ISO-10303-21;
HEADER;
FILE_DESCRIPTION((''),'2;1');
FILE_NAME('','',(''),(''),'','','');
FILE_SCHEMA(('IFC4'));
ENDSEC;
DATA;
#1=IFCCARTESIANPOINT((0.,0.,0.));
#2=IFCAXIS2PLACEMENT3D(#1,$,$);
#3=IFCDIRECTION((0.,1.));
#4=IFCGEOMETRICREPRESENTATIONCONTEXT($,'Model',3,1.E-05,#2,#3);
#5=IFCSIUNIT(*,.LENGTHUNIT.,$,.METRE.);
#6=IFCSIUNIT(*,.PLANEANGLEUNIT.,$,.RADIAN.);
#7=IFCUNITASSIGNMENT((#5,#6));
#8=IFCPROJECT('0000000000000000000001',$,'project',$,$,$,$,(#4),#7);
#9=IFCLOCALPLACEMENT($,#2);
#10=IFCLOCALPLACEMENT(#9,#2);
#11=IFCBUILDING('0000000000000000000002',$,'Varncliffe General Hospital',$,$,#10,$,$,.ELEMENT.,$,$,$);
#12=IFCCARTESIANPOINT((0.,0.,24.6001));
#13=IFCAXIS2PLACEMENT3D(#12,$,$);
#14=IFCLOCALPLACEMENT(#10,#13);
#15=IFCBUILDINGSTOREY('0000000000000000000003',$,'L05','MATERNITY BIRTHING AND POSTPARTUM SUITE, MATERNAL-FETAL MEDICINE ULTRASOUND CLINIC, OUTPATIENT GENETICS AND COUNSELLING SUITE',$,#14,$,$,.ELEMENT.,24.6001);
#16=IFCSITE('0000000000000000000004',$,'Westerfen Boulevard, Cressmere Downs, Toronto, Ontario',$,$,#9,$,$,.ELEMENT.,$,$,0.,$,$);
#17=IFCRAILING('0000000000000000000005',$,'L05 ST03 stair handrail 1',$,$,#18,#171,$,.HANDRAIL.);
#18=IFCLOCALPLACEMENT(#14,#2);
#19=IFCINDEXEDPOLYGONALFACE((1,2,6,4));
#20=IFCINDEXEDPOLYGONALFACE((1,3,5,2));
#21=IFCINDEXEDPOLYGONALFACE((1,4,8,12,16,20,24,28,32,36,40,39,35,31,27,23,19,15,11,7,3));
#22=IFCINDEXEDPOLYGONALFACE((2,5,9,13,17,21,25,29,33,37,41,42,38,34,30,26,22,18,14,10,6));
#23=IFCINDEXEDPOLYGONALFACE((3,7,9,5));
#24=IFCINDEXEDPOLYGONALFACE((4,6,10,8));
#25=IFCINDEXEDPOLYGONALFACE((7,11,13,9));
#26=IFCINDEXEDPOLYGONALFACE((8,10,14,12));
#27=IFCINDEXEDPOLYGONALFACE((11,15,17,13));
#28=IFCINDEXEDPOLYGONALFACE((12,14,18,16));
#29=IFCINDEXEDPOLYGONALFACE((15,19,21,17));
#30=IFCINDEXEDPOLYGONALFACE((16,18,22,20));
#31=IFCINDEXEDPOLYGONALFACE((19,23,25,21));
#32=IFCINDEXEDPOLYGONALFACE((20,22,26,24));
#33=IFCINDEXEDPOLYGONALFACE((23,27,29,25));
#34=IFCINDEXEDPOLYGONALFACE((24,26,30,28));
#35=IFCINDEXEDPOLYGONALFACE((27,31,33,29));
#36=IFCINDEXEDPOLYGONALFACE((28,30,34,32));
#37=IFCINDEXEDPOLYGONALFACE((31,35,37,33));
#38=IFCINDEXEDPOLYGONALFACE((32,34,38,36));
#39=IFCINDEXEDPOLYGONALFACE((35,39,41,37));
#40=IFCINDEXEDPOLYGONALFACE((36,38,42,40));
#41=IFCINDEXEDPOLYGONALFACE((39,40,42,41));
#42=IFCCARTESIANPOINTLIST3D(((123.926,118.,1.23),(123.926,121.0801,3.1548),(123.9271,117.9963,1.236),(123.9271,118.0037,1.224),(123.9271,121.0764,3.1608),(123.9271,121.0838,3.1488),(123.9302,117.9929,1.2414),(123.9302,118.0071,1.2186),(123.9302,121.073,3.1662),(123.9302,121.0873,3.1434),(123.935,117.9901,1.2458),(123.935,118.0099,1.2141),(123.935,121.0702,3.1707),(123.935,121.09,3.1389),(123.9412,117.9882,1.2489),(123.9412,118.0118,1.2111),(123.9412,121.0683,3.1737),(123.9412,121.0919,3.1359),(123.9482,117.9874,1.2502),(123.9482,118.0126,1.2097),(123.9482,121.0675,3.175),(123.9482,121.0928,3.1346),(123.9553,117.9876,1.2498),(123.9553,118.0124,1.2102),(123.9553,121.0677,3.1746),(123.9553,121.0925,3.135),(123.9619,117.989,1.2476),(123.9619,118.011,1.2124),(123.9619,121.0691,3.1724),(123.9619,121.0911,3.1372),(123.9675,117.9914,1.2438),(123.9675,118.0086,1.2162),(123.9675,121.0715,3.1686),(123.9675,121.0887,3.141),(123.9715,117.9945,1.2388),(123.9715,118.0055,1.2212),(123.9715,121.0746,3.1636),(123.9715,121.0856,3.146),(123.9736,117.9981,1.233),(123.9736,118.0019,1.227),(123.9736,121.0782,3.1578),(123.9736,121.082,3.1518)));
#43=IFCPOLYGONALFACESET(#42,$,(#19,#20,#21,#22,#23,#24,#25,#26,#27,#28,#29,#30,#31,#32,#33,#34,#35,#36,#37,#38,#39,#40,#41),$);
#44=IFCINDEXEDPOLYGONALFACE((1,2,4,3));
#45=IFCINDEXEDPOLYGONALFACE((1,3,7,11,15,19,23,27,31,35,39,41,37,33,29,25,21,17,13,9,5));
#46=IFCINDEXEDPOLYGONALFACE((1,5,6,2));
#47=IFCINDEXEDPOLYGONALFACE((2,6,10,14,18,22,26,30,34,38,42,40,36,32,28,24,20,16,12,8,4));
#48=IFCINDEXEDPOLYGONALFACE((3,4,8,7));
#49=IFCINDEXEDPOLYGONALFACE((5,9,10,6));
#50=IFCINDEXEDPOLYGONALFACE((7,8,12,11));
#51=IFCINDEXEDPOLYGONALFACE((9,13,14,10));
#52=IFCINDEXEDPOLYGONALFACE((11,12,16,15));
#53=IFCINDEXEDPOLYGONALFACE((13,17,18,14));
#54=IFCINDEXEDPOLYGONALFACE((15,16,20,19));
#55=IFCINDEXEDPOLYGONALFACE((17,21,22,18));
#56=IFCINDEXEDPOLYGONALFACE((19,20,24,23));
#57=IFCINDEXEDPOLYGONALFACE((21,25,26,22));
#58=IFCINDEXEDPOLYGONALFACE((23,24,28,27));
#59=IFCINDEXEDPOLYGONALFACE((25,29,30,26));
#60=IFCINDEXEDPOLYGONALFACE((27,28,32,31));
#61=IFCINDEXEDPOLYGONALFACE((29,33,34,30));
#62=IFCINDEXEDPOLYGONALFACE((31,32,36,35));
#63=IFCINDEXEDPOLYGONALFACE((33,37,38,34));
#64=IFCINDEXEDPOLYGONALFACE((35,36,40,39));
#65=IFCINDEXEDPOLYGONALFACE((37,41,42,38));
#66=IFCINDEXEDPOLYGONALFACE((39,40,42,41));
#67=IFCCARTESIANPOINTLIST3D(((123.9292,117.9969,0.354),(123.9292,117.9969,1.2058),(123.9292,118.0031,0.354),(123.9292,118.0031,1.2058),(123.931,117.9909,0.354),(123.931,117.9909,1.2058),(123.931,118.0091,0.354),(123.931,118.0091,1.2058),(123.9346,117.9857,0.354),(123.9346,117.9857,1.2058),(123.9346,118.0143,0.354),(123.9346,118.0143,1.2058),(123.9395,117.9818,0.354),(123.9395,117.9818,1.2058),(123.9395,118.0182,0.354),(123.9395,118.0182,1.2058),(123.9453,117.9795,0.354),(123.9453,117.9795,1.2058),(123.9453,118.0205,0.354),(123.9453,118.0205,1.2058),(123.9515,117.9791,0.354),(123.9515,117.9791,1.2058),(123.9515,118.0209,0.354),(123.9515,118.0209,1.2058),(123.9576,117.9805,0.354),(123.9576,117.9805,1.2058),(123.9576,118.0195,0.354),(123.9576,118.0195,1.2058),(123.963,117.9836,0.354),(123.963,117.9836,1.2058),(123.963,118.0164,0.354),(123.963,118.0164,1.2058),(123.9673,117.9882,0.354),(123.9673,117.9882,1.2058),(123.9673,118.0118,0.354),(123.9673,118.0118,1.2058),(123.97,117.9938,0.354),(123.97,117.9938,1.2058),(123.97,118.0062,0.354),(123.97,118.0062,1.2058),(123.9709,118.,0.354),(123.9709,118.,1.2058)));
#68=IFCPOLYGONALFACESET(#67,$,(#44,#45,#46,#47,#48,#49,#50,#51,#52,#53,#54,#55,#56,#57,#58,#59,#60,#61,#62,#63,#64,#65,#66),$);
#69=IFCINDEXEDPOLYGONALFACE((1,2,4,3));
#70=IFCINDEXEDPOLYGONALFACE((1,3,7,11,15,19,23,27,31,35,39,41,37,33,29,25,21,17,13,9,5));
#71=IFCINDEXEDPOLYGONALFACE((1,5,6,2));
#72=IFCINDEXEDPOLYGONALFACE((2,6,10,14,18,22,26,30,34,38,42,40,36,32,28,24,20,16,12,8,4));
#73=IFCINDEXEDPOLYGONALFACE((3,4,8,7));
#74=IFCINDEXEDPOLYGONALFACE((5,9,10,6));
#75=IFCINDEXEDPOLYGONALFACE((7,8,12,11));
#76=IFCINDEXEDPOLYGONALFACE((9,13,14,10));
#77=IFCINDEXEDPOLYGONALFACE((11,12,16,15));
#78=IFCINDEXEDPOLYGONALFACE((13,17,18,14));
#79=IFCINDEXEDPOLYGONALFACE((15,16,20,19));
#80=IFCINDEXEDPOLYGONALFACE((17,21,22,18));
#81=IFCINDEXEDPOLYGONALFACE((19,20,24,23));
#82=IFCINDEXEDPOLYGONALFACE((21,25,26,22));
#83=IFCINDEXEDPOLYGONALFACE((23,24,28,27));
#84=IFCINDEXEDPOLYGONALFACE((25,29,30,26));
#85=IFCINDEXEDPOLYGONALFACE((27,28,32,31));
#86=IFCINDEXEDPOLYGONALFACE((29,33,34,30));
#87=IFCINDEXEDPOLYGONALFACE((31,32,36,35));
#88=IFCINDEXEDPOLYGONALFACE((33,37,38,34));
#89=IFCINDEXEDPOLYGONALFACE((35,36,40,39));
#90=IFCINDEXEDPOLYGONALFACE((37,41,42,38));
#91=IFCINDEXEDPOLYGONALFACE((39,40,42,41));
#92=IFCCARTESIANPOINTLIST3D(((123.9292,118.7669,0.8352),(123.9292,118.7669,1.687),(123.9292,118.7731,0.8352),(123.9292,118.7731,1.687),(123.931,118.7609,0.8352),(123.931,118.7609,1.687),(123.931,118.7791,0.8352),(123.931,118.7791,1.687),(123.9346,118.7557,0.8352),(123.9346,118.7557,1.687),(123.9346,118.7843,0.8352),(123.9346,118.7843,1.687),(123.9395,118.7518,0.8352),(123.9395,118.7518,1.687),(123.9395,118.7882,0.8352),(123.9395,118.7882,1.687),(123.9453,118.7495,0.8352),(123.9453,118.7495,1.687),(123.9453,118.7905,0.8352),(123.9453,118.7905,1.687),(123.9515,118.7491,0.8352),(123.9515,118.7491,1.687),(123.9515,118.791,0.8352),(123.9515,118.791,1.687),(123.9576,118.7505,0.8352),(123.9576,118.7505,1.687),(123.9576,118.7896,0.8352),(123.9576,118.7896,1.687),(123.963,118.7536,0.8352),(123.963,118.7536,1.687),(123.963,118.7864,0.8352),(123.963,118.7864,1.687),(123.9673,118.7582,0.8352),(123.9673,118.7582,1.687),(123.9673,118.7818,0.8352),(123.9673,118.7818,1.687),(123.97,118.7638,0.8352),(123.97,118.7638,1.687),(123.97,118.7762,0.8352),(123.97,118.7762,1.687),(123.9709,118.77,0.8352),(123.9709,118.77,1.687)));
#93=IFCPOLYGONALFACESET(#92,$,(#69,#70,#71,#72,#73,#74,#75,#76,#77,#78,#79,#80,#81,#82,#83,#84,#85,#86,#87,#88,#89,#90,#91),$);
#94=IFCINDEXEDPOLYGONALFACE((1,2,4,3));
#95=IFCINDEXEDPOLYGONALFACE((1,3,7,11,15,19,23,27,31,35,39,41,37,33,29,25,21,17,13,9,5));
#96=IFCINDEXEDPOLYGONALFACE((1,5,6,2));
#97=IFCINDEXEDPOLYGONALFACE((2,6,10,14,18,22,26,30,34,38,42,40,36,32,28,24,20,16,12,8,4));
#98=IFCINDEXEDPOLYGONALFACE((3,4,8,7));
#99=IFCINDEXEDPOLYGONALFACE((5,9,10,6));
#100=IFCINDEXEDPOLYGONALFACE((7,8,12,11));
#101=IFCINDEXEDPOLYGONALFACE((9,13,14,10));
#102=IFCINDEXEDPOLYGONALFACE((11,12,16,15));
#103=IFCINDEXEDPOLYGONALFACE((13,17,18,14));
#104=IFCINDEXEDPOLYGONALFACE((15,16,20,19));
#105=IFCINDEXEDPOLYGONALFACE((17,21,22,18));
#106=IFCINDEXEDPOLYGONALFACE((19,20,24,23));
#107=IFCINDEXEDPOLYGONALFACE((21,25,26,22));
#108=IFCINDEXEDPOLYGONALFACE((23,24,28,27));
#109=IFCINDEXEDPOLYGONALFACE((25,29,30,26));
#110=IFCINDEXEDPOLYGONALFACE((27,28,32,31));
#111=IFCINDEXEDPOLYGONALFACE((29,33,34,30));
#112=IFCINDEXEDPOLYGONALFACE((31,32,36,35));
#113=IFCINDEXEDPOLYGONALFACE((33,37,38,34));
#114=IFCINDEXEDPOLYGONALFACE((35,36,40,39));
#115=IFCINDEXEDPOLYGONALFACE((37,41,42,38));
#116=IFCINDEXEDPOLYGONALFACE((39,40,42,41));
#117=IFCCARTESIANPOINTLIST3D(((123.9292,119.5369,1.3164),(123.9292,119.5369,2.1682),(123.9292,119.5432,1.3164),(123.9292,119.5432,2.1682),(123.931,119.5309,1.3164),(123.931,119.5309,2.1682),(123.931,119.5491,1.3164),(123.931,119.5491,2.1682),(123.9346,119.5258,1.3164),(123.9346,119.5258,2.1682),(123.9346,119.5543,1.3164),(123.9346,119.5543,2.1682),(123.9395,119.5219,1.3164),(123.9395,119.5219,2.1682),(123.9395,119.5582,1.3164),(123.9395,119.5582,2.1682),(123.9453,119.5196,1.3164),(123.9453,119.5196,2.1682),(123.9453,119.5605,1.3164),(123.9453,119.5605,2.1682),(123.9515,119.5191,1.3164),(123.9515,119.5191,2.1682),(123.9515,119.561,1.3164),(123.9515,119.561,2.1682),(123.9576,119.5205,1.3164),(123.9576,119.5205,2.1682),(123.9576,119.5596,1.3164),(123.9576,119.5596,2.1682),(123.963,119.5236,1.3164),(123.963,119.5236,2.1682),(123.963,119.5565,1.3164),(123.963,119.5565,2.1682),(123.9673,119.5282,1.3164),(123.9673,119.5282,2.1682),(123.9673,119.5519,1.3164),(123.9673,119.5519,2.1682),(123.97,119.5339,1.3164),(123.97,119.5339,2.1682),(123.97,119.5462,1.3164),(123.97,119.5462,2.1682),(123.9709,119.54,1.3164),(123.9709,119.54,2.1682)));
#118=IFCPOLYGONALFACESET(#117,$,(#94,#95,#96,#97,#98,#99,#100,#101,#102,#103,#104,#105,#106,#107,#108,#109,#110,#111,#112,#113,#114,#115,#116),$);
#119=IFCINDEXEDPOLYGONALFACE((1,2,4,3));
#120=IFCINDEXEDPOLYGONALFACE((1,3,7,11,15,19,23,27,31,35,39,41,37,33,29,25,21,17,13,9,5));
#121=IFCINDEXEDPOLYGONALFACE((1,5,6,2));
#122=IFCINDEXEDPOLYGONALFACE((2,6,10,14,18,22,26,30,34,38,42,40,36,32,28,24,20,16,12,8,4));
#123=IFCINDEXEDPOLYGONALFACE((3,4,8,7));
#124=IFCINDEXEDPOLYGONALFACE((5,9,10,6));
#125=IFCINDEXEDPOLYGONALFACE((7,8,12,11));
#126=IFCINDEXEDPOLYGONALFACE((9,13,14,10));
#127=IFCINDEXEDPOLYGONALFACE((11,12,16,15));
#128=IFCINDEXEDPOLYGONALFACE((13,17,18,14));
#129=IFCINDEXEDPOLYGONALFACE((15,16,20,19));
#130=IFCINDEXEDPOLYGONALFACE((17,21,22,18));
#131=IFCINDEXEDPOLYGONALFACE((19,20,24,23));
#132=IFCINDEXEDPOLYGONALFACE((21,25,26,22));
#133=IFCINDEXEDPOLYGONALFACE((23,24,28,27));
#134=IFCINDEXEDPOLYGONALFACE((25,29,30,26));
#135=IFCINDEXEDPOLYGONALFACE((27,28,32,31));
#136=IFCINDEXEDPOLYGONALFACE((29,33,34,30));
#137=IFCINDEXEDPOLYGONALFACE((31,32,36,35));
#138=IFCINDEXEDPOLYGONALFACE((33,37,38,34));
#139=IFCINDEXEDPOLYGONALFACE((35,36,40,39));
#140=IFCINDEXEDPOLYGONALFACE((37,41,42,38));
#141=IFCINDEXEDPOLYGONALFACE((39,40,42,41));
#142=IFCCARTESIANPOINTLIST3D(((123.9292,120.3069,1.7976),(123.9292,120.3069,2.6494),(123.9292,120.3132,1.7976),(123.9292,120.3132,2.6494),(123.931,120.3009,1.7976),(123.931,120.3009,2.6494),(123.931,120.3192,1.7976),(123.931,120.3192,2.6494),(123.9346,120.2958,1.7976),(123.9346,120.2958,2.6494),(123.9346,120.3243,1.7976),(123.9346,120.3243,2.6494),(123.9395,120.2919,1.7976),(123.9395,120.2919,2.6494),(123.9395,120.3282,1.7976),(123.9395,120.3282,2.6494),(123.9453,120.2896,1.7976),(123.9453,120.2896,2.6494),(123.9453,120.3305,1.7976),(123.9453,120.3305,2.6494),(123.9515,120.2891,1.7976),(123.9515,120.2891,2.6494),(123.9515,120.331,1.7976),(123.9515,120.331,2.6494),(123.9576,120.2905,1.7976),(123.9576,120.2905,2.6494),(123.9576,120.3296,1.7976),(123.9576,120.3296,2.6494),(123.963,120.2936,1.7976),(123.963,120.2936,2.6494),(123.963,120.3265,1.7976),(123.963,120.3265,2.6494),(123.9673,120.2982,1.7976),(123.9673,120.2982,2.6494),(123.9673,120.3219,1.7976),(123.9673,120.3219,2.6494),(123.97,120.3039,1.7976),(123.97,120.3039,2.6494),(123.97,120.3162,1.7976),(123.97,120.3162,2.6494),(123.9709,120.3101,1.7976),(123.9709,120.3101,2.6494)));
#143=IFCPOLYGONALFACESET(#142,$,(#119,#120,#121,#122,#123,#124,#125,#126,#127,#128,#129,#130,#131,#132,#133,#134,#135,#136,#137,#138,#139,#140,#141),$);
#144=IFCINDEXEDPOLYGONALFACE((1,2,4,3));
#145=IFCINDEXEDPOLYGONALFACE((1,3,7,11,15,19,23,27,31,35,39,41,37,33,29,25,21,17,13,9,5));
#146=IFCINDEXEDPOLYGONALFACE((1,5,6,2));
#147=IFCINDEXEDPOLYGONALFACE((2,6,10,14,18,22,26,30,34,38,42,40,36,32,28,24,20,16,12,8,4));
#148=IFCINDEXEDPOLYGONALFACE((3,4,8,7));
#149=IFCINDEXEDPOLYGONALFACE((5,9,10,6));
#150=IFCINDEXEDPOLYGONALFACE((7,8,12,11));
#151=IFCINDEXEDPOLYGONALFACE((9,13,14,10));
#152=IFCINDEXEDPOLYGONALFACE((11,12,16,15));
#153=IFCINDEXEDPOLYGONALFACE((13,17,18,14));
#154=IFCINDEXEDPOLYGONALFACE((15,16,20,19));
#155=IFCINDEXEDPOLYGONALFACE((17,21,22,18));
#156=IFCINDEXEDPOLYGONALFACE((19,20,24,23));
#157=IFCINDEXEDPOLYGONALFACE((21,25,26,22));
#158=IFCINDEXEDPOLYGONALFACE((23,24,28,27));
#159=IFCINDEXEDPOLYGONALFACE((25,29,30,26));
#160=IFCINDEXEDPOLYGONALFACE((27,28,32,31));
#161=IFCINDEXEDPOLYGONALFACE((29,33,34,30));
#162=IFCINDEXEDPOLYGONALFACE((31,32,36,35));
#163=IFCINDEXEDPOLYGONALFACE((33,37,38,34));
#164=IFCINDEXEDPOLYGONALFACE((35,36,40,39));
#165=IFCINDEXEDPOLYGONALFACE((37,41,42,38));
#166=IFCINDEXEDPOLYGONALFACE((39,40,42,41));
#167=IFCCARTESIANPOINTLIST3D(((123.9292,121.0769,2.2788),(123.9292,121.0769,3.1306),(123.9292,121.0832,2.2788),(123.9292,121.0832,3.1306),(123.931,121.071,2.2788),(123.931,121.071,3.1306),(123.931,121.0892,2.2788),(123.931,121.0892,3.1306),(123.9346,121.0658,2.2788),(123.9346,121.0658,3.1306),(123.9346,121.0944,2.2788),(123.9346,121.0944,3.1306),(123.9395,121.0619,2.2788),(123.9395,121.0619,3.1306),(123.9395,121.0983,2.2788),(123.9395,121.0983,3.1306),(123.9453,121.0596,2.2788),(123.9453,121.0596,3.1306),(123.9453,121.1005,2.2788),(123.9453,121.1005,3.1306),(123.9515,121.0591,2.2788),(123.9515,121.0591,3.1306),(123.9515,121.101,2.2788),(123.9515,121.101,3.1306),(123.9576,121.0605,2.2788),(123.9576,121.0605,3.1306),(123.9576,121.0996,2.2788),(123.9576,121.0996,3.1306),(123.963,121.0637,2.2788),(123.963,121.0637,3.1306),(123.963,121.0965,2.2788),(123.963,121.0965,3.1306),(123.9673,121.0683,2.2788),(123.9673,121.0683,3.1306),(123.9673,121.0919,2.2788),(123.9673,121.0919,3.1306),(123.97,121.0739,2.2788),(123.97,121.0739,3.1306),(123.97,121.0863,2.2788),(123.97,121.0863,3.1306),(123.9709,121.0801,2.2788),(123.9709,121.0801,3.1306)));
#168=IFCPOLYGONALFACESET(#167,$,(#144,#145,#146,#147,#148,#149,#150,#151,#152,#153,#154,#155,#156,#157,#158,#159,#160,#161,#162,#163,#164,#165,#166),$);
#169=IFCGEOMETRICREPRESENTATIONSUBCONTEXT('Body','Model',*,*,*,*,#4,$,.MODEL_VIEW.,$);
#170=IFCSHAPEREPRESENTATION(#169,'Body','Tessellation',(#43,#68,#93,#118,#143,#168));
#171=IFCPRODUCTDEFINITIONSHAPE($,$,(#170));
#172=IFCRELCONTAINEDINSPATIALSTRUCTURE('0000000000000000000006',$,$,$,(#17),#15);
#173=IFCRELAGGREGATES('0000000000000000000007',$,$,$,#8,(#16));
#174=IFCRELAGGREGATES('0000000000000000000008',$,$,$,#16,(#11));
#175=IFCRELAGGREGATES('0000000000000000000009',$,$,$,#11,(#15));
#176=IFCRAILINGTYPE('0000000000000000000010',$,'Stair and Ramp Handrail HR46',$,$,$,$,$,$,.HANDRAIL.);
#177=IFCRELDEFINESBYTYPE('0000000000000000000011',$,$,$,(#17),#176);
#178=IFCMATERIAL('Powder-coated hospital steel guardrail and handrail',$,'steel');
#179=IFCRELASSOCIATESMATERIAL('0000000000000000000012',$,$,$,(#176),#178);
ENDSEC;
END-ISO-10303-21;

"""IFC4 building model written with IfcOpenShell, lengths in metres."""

from ifc_helpers import new_model, si_unit, direction, frame, origin, origin_2d, place, context, subcontext, project, spatial, circle, extrude, material, type_object, element, save


model = new_model("IFC4")

# Units and contexts
model_context = context("Model", 3, precision=1e-05, world=origin(), true_north=direction((0.0, 1.0)))
body_context = subcontext(model_context, "Body", "Model", "MODEL_VIEW")
ifc_project = project(units=[si_unit("LENGTHUNIT", "METRE"), si_unit("PLANEANGLEUNIT", "RADIAN")], contexts=[model_context])

# Site, building, storey
site_placement = place(None, origin())
site = spatial("IfcSite", under=ifc_project, at=site_placement, Name="Westerfen Boulevard, Cressmere Downs, Toronto, Ontario", CompositionType="ELEMENT", RefElevation=0.0)
building_placement = place(site_placement, origin())
building = spatial("IfcBuilding", under=site, at=building_placement, Name="Varncliffe General Hospital", CompositionType="ELEMENT")
storey_placement = place(building_placement, frame((0.0, 0.0, 24.6001)))
storey = spatial("IfcBuildingStorey", under=building, at=storey_placement, Name="L05", Description="MATERNITY BIRTHING AND POSTPARTUM SUITE, MATERNAL-FETAL MEDICINE ULTRASOUND CLINIC, OUTPATIENT GENETICS AND COUNSELLING SUITE", CompositionType="ELEMENT", Elevation=24.6001)

# Railing
ifc_material_1 = material(Name="Powder-coated hospital steel guardrail and handrail", Category="steel")
railing_type_1 = type_object("IfcRailingType", Name="Stair and Ramp Handrail HR46", PredefinedType="HANDRAIL", material=ifc_material_1)
railing_1_placement = place(storey_placement, frame((123.95, 118.0, 0.354)))
element("IfcRailing", 1, at=railing_1_placement, inside=storey, type_object=railing_type_1, Name="L05 ST03 stair handrail 1", PredefinedType="HANDRAIL", context=body_context, shape_type="SweptSolid", body=[
    extrude(circle(Radius=0.0239, at=origin_2d()), frame((0.0, 0.0, 0.876), z_axis=(0.0, 0.848029, 0.529951), x_axis=(-1.0, 0.0, 0.0)), (0.0, 0.0, 1.0), 3.6321),
    extrude(circle(Radius=0.021, at=origin_2d()), origin(), (0.0, 0.0, 1.0), 0.8518),
    extrude(circle(Radius=0.021, at=origin_2d()), frame((0.0, 0.77, 0.4812)), (0.0, 0.0, 1.0), 0.8518),
    extrude(circle(Radius=0.021, at=origin_2d()), frame((0.0, 1.54, 0.9624)), (0.0, 0.0, 1.0), 0.8518),
    extrude(circle(Radius=0.021, at=origin_2d()), frame((0.0, 2.3101, 1.4436)), (0.0, 0.0, 1.0), 0.8518),
    extrude(circle(Radius=0.021, at=origin_2d()), frame((0.0, 3.0801, 1.9248)), (0.0, 0.0, 1.0), 0.8518),
])

save(model, "model.ifc")
